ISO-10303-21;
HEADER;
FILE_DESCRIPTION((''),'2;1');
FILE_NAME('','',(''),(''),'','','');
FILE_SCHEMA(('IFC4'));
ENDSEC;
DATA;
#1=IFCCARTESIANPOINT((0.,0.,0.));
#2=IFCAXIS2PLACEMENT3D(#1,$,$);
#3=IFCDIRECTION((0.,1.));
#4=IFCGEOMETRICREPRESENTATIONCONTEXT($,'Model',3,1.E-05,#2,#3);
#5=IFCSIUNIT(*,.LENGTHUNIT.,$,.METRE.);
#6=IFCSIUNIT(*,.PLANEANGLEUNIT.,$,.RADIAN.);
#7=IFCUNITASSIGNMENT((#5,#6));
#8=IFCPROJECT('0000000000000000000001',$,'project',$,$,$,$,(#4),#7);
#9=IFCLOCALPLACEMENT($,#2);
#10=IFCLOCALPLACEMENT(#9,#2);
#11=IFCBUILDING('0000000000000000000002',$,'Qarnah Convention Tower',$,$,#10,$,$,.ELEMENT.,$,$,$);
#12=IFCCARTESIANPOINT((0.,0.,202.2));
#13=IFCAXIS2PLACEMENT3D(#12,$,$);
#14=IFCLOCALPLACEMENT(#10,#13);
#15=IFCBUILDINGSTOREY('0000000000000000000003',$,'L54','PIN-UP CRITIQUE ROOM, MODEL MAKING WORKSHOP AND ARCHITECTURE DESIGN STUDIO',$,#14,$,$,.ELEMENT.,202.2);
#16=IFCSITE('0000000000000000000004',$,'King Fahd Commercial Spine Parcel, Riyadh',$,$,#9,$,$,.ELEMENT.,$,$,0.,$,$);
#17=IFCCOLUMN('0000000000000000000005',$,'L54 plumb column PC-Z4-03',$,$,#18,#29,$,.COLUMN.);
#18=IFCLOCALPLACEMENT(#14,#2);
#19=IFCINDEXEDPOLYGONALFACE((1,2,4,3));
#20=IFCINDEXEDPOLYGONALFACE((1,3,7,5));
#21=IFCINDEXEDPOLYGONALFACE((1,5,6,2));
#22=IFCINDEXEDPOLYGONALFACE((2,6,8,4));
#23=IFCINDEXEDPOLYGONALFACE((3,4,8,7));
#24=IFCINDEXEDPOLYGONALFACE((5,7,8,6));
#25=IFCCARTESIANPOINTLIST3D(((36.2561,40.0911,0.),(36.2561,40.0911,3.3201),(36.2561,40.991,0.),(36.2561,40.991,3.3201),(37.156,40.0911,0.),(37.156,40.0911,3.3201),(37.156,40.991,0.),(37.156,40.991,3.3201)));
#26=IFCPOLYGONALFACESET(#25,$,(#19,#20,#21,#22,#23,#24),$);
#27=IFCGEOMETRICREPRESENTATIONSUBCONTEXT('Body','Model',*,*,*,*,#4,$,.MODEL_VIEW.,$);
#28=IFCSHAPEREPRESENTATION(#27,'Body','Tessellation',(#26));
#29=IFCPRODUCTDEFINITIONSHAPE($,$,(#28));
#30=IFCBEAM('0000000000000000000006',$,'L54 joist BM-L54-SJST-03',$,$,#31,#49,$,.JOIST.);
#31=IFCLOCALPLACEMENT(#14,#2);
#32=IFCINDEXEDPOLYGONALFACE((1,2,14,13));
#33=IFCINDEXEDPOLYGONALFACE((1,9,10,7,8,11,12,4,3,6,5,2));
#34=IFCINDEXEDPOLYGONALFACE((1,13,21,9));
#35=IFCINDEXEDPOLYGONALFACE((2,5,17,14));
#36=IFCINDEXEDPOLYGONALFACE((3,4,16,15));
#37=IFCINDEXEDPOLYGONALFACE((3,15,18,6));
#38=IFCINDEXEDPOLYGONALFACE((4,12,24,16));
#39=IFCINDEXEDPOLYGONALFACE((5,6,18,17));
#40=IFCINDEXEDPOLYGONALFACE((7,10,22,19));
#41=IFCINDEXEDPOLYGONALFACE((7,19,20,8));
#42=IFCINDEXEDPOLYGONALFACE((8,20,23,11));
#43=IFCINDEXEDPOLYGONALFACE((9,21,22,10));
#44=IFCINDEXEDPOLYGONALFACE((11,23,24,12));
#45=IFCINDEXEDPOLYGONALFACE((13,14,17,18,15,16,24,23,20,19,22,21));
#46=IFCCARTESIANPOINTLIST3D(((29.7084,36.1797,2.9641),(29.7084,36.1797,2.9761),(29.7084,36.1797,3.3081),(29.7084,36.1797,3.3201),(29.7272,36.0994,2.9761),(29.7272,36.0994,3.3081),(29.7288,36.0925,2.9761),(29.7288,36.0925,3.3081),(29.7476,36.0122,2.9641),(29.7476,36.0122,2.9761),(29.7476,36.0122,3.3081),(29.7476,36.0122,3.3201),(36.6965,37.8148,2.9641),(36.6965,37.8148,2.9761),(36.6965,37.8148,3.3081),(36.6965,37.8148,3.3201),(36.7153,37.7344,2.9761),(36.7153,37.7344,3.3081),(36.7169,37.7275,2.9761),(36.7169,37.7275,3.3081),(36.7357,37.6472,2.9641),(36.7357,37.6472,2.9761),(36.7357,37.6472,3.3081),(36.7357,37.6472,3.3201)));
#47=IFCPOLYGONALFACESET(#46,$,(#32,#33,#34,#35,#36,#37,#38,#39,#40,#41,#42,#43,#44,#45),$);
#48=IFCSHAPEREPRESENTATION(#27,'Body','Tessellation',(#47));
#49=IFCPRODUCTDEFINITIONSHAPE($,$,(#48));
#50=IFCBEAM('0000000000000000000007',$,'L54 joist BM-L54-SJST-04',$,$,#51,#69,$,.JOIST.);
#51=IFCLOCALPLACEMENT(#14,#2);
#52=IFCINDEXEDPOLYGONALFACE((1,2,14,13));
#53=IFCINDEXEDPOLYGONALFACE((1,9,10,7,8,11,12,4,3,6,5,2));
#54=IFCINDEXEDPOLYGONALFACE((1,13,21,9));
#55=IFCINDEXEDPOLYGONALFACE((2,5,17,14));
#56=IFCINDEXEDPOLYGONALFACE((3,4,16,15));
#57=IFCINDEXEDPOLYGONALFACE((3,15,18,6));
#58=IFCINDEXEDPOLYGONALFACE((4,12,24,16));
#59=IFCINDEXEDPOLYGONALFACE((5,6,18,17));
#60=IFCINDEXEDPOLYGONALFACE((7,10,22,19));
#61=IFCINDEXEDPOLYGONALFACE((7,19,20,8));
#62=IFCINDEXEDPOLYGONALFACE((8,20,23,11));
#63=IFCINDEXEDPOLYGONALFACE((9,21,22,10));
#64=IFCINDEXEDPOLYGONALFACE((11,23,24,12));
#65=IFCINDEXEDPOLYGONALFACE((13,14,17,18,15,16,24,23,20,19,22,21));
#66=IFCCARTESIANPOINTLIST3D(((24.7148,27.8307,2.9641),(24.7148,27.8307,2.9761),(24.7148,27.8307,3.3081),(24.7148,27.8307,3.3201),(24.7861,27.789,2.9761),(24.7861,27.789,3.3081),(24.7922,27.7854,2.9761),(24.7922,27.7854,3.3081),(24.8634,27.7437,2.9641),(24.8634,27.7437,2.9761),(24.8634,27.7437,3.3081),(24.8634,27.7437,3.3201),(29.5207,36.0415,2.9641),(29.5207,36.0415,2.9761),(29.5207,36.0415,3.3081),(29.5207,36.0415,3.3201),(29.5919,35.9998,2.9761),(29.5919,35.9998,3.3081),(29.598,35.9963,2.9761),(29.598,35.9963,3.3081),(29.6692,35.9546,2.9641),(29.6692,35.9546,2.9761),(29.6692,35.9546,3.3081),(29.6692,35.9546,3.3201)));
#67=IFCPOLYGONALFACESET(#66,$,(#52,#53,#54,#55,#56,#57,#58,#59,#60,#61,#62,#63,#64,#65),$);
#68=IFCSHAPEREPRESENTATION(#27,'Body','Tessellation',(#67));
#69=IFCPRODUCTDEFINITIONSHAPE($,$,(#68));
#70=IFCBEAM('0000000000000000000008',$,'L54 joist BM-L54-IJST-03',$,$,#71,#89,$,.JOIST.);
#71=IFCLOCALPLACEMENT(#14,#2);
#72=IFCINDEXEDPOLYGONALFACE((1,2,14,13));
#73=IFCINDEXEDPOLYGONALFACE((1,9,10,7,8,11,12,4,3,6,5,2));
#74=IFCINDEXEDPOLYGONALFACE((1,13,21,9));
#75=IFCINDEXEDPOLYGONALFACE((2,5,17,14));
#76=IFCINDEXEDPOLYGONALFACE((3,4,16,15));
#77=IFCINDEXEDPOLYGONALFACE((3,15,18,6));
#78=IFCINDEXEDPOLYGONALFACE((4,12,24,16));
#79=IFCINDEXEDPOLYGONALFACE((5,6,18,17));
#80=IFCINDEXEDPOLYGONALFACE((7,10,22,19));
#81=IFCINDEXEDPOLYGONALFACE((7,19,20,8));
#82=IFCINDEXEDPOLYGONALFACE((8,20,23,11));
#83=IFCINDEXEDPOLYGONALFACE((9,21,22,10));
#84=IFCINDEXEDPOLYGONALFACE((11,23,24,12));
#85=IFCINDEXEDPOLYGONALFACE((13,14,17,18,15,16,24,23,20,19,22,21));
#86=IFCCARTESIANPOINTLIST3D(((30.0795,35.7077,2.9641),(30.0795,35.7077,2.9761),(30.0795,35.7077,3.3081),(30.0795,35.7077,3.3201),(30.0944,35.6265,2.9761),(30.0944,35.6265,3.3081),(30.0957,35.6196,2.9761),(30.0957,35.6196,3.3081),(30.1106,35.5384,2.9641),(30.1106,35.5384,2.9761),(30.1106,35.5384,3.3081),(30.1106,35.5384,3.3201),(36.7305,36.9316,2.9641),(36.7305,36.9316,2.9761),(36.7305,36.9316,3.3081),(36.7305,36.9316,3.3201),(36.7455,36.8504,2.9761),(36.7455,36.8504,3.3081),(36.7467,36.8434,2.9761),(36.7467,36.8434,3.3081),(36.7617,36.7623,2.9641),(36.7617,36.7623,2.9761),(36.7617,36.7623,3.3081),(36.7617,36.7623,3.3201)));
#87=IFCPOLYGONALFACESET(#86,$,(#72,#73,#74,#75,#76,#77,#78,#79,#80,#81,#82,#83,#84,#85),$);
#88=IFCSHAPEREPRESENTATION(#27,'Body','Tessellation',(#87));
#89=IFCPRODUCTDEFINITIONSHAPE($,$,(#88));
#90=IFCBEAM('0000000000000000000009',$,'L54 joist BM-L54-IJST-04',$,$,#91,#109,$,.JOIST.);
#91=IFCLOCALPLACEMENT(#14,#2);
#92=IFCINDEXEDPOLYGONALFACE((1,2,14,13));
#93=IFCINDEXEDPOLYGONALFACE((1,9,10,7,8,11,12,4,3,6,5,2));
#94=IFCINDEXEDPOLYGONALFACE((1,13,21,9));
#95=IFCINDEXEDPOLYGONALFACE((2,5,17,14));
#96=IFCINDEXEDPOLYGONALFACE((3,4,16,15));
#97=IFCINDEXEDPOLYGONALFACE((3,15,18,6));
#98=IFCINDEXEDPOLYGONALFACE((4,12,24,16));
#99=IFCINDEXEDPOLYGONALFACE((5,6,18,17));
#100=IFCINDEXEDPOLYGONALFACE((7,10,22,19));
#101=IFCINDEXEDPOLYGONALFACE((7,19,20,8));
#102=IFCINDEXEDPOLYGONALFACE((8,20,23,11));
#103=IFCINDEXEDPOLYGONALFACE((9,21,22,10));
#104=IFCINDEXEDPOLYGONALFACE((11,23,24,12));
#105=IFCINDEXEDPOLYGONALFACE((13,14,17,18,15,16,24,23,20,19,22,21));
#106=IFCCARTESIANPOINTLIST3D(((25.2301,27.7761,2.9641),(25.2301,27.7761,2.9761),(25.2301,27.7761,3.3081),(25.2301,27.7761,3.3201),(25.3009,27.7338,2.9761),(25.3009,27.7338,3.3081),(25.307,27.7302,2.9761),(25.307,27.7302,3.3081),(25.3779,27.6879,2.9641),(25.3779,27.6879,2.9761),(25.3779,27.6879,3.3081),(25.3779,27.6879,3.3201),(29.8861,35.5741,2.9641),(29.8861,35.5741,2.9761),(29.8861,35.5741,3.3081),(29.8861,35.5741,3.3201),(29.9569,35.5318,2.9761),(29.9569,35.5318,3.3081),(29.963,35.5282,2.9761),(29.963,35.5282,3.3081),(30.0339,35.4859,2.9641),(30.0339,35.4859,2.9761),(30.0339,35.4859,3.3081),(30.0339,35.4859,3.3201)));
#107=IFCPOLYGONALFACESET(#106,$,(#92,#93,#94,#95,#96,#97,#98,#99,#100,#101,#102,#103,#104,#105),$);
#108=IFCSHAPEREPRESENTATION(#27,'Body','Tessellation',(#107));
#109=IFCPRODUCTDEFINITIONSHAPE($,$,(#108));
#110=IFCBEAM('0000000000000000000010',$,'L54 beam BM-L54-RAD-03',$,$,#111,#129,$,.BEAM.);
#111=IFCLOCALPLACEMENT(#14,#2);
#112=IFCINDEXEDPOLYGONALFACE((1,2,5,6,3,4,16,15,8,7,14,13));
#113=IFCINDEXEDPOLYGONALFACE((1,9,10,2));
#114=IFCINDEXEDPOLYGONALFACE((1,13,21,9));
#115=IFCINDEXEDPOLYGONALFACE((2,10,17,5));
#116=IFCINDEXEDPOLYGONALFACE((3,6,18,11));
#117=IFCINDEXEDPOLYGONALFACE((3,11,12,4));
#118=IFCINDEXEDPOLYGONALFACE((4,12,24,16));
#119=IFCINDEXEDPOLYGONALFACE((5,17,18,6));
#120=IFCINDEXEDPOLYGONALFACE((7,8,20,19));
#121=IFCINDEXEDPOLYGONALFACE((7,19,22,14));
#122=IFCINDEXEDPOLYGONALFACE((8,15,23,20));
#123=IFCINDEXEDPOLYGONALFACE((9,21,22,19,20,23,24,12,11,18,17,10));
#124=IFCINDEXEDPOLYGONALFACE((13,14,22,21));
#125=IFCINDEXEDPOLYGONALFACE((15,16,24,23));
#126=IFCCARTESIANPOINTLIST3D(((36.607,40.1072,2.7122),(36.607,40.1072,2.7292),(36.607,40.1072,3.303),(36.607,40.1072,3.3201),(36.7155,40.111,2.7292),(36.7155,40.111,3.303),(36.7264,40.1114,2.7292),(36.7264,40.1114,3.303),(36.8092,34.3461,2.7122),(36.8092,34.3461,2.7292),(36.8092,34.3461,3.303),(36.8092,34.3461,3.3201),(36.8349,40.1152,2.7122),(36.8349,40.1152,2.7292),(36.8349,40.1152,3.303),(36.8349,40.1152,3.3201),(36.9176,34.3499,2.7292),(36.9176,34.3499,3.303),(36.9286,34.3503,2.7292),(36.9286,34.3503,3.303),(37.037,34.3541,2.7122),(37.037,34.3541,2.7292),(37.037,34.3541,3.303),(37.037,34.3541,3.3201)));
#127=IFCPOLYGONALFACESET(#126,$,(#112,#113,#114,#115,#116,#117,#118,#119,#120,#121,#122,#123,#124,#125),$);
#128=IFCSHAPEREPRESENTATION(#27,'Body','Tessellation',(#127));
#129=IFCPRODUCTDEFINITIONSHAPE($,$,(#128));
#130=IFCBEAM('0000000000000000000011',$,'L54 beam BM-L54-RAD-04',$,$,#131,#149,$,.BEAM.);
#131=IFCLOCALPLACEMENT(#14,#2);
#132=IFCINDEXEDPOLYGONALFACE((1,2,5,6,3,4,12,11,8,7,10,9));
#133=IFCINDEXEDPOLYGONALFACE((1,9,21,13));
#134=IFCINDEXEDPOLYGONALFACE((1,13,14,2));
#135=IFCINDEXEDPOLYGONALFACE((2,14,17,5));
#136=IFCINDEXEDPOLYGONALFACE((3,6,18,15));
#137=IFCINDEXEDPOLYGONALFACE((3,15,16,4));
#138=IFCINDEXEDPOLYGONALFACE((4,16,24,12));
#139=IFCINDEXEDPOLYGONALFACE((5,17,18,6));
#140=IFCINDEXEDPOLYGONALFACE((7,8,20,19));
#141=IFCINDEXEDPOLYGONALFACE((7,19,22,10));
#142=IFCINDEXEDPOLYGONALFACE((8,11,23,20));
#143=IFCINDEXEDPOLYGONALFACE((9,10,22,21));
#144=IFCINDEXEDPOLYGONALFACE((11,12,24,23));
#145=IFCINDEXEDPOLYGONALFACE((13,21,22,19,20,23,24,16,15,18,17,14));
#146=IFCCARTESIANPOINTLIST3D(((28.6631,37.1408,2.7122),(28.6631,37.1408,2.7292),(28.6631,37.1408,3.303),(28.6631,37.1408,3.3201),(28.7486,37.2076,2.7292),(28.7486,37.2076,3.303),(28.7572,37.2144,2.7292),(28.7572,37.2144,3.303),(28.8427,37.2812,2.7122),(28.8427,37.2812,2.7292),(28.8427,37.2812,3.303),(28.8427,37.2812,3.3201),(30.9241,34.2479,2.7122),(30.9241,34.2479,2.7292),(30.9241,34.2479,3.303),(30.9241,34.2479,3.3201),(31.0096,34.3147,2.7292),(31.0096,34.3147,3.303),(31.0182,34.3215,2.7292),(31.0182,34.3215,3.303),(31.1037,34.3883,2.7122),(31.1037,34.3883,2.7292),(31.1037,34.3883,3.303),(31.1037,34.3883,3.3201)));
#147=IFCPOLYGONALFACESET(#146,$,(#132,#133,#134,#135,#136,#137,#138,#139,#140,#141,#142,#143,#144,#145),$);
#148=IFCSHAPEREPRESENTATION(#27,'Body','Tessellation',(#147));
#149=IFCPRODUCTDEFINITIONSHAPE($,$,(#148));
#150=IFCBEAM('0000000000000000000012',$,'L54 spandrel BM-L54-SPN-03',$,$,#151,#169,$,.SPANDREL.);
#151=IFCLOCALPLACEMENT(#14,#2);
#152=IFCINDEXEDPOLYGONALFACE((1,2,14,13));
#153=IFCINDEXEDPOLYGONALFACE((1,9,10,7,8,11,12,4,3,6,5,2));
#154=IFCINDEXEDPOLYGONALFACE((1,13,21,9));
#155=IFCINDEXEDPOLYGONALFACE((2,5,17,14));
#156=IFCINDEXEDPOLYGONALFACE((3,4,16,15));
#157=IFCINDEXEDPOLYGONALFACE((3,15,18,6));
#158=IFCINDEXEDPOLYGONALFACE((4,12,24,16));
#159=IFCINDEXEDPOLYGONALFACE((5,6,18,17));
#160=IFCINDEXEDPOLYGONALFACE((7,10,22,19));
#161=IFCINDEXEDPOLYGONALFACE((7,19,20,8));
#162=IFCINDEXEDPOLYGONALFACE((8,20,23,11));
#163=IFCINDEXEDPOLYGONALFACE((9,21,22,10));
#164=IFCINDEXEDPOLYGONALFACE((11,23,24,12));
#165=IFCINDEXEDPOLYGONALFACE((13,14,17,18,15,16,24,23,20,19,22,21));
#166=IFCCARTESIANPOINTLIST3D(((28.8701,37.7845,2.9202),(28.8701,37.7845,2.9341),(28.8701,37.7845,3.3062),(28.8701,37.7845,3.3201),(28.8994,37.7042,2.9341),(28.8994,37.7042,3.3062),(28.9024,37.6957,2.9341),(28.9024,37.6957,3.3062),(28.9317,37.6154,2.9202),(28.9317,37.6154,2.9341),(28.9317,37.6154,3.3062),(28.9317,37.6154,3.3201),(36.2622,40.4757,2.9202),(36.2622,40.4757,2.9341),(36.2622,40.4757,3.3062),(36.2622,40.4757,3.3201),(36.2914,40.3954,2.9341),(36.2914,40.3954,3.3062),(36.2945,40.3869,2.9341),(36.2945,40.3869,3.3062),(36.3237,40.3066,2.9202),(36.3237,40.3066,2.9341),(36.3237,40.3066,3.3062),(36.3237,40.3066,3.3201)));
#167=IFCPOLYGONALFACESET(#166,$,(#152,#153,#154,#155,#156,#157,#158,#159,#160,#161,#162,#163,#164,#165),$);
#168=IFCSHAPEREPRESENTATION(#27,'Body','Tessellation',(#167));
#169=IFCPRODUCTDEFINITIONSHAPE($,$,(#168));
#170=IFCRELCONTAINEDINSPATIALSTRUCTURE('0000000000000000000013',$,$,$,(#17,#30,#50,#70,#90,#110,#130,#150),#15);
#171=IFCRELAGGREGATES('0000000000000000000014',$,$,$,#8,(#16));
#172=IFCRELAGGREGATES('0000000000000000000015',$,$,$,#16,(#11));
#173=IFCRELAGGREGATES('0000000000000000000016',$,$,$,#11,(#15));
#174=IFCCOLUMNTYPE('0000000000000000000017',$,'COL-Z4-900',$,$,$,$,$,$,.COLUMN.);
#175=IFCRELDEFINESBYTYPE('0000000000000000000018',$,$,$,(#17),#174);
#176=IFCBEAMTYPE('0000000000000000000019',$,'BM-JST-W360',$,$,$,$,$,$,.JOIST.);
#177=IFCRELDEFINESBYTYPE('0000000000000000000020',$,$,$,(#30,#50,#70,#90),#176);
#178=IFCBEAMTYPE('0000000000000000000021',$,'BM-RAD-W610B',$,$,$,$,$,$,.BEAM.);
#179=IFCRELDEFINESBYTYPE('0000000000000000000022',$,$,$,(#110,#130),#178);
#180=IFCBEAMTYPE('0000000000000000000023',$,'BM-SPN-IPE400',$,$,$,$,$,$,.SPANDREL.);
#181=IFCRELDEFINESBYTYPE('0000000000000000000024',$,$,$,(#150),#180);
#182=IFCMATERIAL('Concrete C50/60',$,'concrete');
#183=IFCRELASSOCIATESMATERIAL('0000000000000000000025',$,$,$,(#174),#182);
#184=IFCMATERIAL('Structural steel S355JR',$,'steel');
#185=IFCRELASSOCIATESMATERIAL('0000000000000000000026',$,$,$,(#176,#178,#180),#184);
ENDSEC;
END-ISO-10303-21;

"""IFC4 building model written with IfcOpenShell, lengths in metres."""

from ifc_helpers import new_model, si_unit, direction, frame, origin, origin_2d, place, context, subcontext, project, spatial, rectangle, i_section, extrude, material, material_profile, profile_set, type_object, element, save


model = new_model("IFC4")

# Units and contexts
model_context = context("Model", 3, precision=1e-05, world=origin(), true_north=direction((0.0, 1.0)))
body_context = subcontext(model_context, "Body", "Model", "MODEL_VIEW")
ifc_project = project(units=[si_unit("LENGTHUNIT", "METRE"), si_unit("PLANEANGLEUNIT", "RADIAN")], contexts=[model_context])

# Site, building, storey
site_placement = place(None, origin())
site = spatial("IfcSite", under=ifc_project, at=site_placement, Name="King Fahd Commercial Spine Parcel, Riyadh", CompositionType="ELEMENT", RefElevation=0.0)
building_placement = place(site_placement, origin())
building = spatial("IfcBuilding", under=site, at=building_placement, Name="Qarnah Convention Tower", CompositionType="ELEMENT")
storey_placement = place(building_placement, frame((0.0, 0.0, 202.2)))
storey = spatial("IfcBuildingStorey", under=building, at=storey_placement, Name="L54", Description="PIN-UP CRITIQUE ROOM, MODEL MAKING WORKSHOP AND ARCHITECTURE DESIGN STUDIO", CompositionType="ELEMENT", Elevation=202.2)

# Column
ifc_material_1 = material(Name="Concrete C50/60", Category="concrete")
ifc_material_profile_1 = material_profile(ifc_material_1, rectangle(XDim=0.8999, YDim=0.8999, at=origin_2d()), Name="RC-COL-900X900")
ifc_profile_set_1 = profile_set([ifc_material_profile_1], Name="Concrete C50/60")
column_type = type_object("IfcColumnType", Name="COL-Z4-900", PredefinedType="COLUMN", material=ifc_profile_set_1)
column_placement = place(storey_placement, frame((36.7061, 40.541, 0.0), z_axis=(0.0, 0.0, 1.0), x_axis=(1.0, 0.0, 0.0)))
element("IfcColumn", 1, at=column_placement, inside=storey, type_object=column_type, Name="L54 plumb column PC-Z4-03", PredefinedType="COLUMN", context=body_context, shape_type="SweptSolid", body=[
    extrude(rectangle(XDim=0.8999, YDim=0.8999, at=origin_2d()), origin(), (0.0, 0.0, 1.0), 3.3201),
])

# Beams
ifc_material_2 = material(Name="Structural steel S355JR", Category="steel")
ifc_material_profile_2 = material_profile(ifc_material_2, i_section(OverallWidth=0.1721, OverallDepth=0.356, WebThickness=0.0071, FlangeThickness=0.012, at=origin_2d()), Name="W360X51")
ifc_profile_set_2 = profile_set([ifc_material_profile_2], Name="Structural steel S355JR")
beam_type_1 = type_object("IfcBeamType", Name="BM-JST-W360", PredefinedType="JOIST", material=ifc_profile_set_2)
beam_1_placement = place(storey_placement, frame((36.7161, 37.731, 3.1421), z_axis=(-0.973703, -0.22782, 0.0), x_axis=(0.22782, -0.973703, 0.0)))
element("IfcBeam", 2, at=beam_1_placement, inside=storey, type_object=beam_type_1, Name="L54 joist BM-L54-SJST-03", PredefinedType="JOIST", context=body_context, shape_type="SweptSolid", body=[
    extrude(i_section(OverallWidth=0.1721, OverallDepth=0.356, WebThickness=0.0071, FlangeThickness=0.012, at=origin_2d()), origin(), (0.0, 0.0, 1.0), 7.1768),
])
beam_2_placement = place(storey_placement, frame((29.595, 35.998, 3.1421), z_axis=(-0.505141, -0.863037, 0.0), x_axis=(0.863037, -0.505141, 0.0)))
element("IfcBeam", 3, at=beam_2_placement, inside=storey, type_object=beam_type_1, Name="L54 joist BM-L54-SJST-04", PredefinedType="JOIST", context=body_context, shape_type="SweptSolid", body=[
    extrude(i_section(OverallWidth=0.1721, OverallDepth=0.356, WebThickness=0.0071, FlangeThickness=0.012, at=origin_2d()), origin(), (0.0, 0.0, 1.0), 9.5139),
])
beam_3_placement = place(storey_placement, frame((36.7461, 36.8469, 3.1421), z_axis=(-0.983488, -0.180972, 0.0), x_axis=(0.180972, -0.983488, 0.0)))
element("IfcBeam", 4, at=beam_3_placement, inside=storey, type_object=beam_type_1, Name="L54 joist BM-L54-IJST-03", PredefinedType="JOIST", context=body_context, shape_type="SweptSolid", body=[
    extrude(i_section(OverallWidth=0.1721, OverallDepth=0.356, WebThickness=0.0071, FlangeThickness=0.012, at=origin_2d()), origin(), (0.0, 0.0, 1.0), 6.7627),
])
beam_4_placement = place(storey_placement, frame((29.96, 35.53, 3.1421), z_axis=(-0.512645, -0.858601, 0.0), x_axis=(0.858601, -0.512645, 0.0)))
element("IfcBeam", 5, at=beam_4_placement, inside=storey, type_object=beam_type_1, Name="L54 joist BM-L54-IJST-04", PredefinedType="JOIST", context=body_context, shape_type="SweptSolid", body=[
    extrude(i_section(OverallWidth=0.1721, OverallDepth=0.356, WebThickness=0.0071, FlangeThickness=0.012, at=origin_2d()), origin(), (0.0, 0.0, 1.0), 9.0823),
])
ifc_material_profile_3 = material_profile(ifc_material_2, i_section(OverallWidth=0.228, OverallDepth=0.6079, WebThickness=0.011, FlangeThickness=0.0171, at=origin_2d()), Name="W610X113")
ifc_profile_set_3 = profile_set([ifc_material_profile_3], Name="Structural steel S355JR")
beam_type_2 = type_object("IfcBeamType", Name="BM-RAD-W610B", PredefinedType="BEAM", material=ifc_profile_set_3)
beam_5_placement = place(storey_placement, frame((36.9231, 34.3501, 3.0161), z_axis=(-0.035068, 0.999385, 0.0), x_axis=(-0.999385, -0.035068, 0.0)))
element("IfcBeam", 6, at=beam_5_placement, inside=storey, type_object=beam_type_2, Name="L54 beam BM-L54-RAD-03", PredefinedType="BEAM", context=body_context, shape_type="SweptSolid", body=[
    extrude(i_section(OverallWidth=0.228, OverallDepth=0.6079, WebThickness=0.011, FlangeThickness=0.0171, at=origin_2d()), origin(), (0.0, 0.0, 1.0), 5.7646),
])
beam_6_placement = place(storey_placement, frame((31.0139, 34.3181, 3.0161), z_axis=(-0.615808, 0.787896, 0.0), x_axis=(-0.787896, -0.615808, 0.0)))
element("IfcBeam", 7, at=beam_6_placement, inside=storey, type_object=beam_type_2, Name="L54 beam BM-L54-RAD-04", PredefinedType="BEAM", context=body_context, shape_type="SweptSolid", body=[
    extrude(i_section(OverallWidth=0.228, OverallDepth=0.6079, WebThickness=0.011, FlangeThickness=0.0171, at=origin_2d()), origin(), (0.0, 0.0, 1.0), 3.6716),
])
ifc_material_profile_4 = material_profile(ifc_material_2, i_section(OverallWidth=0.1799, OverallDepth=0.3999, WebThickness=0.009, FlangeThickness=0.0139, at=origin_2d()), Name="IPE400")
ifc_profile_set_4 = profile_set([ifc_material_profile_4], Name="Structural steel S355JR")
beam_type_3 = type_object("IfcBeamType", Name="BM-SPN-IPE400", PredefinedType="SPANDREL", material=ifc_profile_set_4)
beam_7_placement = place(storey_placement, frame((36.293, 40.3911, 3.1201), z_axis=(-0.939666, -0.342094, 0.0), x_axis=(0.342094, -0.939666, 0.0)))
element("IfcBeam", 8, at=beam_7_placement, inside=storey, type_object=beam_type_3, Name="L54 spandrel BM-L54-SPN-03", PredefinedType="SPANDREL", context=body_context, shape_type="SweptSolid", body=[
    extrude(i_section(OverallWidth=0.1799, OverallDepth=0.3999, WebThickness=0.009, FlangeThickness=0.0139, at=origin_2d()), origin(), (0.0, 0.0, 1.0), 7.8667),
])

save(model, "model.ifc")
